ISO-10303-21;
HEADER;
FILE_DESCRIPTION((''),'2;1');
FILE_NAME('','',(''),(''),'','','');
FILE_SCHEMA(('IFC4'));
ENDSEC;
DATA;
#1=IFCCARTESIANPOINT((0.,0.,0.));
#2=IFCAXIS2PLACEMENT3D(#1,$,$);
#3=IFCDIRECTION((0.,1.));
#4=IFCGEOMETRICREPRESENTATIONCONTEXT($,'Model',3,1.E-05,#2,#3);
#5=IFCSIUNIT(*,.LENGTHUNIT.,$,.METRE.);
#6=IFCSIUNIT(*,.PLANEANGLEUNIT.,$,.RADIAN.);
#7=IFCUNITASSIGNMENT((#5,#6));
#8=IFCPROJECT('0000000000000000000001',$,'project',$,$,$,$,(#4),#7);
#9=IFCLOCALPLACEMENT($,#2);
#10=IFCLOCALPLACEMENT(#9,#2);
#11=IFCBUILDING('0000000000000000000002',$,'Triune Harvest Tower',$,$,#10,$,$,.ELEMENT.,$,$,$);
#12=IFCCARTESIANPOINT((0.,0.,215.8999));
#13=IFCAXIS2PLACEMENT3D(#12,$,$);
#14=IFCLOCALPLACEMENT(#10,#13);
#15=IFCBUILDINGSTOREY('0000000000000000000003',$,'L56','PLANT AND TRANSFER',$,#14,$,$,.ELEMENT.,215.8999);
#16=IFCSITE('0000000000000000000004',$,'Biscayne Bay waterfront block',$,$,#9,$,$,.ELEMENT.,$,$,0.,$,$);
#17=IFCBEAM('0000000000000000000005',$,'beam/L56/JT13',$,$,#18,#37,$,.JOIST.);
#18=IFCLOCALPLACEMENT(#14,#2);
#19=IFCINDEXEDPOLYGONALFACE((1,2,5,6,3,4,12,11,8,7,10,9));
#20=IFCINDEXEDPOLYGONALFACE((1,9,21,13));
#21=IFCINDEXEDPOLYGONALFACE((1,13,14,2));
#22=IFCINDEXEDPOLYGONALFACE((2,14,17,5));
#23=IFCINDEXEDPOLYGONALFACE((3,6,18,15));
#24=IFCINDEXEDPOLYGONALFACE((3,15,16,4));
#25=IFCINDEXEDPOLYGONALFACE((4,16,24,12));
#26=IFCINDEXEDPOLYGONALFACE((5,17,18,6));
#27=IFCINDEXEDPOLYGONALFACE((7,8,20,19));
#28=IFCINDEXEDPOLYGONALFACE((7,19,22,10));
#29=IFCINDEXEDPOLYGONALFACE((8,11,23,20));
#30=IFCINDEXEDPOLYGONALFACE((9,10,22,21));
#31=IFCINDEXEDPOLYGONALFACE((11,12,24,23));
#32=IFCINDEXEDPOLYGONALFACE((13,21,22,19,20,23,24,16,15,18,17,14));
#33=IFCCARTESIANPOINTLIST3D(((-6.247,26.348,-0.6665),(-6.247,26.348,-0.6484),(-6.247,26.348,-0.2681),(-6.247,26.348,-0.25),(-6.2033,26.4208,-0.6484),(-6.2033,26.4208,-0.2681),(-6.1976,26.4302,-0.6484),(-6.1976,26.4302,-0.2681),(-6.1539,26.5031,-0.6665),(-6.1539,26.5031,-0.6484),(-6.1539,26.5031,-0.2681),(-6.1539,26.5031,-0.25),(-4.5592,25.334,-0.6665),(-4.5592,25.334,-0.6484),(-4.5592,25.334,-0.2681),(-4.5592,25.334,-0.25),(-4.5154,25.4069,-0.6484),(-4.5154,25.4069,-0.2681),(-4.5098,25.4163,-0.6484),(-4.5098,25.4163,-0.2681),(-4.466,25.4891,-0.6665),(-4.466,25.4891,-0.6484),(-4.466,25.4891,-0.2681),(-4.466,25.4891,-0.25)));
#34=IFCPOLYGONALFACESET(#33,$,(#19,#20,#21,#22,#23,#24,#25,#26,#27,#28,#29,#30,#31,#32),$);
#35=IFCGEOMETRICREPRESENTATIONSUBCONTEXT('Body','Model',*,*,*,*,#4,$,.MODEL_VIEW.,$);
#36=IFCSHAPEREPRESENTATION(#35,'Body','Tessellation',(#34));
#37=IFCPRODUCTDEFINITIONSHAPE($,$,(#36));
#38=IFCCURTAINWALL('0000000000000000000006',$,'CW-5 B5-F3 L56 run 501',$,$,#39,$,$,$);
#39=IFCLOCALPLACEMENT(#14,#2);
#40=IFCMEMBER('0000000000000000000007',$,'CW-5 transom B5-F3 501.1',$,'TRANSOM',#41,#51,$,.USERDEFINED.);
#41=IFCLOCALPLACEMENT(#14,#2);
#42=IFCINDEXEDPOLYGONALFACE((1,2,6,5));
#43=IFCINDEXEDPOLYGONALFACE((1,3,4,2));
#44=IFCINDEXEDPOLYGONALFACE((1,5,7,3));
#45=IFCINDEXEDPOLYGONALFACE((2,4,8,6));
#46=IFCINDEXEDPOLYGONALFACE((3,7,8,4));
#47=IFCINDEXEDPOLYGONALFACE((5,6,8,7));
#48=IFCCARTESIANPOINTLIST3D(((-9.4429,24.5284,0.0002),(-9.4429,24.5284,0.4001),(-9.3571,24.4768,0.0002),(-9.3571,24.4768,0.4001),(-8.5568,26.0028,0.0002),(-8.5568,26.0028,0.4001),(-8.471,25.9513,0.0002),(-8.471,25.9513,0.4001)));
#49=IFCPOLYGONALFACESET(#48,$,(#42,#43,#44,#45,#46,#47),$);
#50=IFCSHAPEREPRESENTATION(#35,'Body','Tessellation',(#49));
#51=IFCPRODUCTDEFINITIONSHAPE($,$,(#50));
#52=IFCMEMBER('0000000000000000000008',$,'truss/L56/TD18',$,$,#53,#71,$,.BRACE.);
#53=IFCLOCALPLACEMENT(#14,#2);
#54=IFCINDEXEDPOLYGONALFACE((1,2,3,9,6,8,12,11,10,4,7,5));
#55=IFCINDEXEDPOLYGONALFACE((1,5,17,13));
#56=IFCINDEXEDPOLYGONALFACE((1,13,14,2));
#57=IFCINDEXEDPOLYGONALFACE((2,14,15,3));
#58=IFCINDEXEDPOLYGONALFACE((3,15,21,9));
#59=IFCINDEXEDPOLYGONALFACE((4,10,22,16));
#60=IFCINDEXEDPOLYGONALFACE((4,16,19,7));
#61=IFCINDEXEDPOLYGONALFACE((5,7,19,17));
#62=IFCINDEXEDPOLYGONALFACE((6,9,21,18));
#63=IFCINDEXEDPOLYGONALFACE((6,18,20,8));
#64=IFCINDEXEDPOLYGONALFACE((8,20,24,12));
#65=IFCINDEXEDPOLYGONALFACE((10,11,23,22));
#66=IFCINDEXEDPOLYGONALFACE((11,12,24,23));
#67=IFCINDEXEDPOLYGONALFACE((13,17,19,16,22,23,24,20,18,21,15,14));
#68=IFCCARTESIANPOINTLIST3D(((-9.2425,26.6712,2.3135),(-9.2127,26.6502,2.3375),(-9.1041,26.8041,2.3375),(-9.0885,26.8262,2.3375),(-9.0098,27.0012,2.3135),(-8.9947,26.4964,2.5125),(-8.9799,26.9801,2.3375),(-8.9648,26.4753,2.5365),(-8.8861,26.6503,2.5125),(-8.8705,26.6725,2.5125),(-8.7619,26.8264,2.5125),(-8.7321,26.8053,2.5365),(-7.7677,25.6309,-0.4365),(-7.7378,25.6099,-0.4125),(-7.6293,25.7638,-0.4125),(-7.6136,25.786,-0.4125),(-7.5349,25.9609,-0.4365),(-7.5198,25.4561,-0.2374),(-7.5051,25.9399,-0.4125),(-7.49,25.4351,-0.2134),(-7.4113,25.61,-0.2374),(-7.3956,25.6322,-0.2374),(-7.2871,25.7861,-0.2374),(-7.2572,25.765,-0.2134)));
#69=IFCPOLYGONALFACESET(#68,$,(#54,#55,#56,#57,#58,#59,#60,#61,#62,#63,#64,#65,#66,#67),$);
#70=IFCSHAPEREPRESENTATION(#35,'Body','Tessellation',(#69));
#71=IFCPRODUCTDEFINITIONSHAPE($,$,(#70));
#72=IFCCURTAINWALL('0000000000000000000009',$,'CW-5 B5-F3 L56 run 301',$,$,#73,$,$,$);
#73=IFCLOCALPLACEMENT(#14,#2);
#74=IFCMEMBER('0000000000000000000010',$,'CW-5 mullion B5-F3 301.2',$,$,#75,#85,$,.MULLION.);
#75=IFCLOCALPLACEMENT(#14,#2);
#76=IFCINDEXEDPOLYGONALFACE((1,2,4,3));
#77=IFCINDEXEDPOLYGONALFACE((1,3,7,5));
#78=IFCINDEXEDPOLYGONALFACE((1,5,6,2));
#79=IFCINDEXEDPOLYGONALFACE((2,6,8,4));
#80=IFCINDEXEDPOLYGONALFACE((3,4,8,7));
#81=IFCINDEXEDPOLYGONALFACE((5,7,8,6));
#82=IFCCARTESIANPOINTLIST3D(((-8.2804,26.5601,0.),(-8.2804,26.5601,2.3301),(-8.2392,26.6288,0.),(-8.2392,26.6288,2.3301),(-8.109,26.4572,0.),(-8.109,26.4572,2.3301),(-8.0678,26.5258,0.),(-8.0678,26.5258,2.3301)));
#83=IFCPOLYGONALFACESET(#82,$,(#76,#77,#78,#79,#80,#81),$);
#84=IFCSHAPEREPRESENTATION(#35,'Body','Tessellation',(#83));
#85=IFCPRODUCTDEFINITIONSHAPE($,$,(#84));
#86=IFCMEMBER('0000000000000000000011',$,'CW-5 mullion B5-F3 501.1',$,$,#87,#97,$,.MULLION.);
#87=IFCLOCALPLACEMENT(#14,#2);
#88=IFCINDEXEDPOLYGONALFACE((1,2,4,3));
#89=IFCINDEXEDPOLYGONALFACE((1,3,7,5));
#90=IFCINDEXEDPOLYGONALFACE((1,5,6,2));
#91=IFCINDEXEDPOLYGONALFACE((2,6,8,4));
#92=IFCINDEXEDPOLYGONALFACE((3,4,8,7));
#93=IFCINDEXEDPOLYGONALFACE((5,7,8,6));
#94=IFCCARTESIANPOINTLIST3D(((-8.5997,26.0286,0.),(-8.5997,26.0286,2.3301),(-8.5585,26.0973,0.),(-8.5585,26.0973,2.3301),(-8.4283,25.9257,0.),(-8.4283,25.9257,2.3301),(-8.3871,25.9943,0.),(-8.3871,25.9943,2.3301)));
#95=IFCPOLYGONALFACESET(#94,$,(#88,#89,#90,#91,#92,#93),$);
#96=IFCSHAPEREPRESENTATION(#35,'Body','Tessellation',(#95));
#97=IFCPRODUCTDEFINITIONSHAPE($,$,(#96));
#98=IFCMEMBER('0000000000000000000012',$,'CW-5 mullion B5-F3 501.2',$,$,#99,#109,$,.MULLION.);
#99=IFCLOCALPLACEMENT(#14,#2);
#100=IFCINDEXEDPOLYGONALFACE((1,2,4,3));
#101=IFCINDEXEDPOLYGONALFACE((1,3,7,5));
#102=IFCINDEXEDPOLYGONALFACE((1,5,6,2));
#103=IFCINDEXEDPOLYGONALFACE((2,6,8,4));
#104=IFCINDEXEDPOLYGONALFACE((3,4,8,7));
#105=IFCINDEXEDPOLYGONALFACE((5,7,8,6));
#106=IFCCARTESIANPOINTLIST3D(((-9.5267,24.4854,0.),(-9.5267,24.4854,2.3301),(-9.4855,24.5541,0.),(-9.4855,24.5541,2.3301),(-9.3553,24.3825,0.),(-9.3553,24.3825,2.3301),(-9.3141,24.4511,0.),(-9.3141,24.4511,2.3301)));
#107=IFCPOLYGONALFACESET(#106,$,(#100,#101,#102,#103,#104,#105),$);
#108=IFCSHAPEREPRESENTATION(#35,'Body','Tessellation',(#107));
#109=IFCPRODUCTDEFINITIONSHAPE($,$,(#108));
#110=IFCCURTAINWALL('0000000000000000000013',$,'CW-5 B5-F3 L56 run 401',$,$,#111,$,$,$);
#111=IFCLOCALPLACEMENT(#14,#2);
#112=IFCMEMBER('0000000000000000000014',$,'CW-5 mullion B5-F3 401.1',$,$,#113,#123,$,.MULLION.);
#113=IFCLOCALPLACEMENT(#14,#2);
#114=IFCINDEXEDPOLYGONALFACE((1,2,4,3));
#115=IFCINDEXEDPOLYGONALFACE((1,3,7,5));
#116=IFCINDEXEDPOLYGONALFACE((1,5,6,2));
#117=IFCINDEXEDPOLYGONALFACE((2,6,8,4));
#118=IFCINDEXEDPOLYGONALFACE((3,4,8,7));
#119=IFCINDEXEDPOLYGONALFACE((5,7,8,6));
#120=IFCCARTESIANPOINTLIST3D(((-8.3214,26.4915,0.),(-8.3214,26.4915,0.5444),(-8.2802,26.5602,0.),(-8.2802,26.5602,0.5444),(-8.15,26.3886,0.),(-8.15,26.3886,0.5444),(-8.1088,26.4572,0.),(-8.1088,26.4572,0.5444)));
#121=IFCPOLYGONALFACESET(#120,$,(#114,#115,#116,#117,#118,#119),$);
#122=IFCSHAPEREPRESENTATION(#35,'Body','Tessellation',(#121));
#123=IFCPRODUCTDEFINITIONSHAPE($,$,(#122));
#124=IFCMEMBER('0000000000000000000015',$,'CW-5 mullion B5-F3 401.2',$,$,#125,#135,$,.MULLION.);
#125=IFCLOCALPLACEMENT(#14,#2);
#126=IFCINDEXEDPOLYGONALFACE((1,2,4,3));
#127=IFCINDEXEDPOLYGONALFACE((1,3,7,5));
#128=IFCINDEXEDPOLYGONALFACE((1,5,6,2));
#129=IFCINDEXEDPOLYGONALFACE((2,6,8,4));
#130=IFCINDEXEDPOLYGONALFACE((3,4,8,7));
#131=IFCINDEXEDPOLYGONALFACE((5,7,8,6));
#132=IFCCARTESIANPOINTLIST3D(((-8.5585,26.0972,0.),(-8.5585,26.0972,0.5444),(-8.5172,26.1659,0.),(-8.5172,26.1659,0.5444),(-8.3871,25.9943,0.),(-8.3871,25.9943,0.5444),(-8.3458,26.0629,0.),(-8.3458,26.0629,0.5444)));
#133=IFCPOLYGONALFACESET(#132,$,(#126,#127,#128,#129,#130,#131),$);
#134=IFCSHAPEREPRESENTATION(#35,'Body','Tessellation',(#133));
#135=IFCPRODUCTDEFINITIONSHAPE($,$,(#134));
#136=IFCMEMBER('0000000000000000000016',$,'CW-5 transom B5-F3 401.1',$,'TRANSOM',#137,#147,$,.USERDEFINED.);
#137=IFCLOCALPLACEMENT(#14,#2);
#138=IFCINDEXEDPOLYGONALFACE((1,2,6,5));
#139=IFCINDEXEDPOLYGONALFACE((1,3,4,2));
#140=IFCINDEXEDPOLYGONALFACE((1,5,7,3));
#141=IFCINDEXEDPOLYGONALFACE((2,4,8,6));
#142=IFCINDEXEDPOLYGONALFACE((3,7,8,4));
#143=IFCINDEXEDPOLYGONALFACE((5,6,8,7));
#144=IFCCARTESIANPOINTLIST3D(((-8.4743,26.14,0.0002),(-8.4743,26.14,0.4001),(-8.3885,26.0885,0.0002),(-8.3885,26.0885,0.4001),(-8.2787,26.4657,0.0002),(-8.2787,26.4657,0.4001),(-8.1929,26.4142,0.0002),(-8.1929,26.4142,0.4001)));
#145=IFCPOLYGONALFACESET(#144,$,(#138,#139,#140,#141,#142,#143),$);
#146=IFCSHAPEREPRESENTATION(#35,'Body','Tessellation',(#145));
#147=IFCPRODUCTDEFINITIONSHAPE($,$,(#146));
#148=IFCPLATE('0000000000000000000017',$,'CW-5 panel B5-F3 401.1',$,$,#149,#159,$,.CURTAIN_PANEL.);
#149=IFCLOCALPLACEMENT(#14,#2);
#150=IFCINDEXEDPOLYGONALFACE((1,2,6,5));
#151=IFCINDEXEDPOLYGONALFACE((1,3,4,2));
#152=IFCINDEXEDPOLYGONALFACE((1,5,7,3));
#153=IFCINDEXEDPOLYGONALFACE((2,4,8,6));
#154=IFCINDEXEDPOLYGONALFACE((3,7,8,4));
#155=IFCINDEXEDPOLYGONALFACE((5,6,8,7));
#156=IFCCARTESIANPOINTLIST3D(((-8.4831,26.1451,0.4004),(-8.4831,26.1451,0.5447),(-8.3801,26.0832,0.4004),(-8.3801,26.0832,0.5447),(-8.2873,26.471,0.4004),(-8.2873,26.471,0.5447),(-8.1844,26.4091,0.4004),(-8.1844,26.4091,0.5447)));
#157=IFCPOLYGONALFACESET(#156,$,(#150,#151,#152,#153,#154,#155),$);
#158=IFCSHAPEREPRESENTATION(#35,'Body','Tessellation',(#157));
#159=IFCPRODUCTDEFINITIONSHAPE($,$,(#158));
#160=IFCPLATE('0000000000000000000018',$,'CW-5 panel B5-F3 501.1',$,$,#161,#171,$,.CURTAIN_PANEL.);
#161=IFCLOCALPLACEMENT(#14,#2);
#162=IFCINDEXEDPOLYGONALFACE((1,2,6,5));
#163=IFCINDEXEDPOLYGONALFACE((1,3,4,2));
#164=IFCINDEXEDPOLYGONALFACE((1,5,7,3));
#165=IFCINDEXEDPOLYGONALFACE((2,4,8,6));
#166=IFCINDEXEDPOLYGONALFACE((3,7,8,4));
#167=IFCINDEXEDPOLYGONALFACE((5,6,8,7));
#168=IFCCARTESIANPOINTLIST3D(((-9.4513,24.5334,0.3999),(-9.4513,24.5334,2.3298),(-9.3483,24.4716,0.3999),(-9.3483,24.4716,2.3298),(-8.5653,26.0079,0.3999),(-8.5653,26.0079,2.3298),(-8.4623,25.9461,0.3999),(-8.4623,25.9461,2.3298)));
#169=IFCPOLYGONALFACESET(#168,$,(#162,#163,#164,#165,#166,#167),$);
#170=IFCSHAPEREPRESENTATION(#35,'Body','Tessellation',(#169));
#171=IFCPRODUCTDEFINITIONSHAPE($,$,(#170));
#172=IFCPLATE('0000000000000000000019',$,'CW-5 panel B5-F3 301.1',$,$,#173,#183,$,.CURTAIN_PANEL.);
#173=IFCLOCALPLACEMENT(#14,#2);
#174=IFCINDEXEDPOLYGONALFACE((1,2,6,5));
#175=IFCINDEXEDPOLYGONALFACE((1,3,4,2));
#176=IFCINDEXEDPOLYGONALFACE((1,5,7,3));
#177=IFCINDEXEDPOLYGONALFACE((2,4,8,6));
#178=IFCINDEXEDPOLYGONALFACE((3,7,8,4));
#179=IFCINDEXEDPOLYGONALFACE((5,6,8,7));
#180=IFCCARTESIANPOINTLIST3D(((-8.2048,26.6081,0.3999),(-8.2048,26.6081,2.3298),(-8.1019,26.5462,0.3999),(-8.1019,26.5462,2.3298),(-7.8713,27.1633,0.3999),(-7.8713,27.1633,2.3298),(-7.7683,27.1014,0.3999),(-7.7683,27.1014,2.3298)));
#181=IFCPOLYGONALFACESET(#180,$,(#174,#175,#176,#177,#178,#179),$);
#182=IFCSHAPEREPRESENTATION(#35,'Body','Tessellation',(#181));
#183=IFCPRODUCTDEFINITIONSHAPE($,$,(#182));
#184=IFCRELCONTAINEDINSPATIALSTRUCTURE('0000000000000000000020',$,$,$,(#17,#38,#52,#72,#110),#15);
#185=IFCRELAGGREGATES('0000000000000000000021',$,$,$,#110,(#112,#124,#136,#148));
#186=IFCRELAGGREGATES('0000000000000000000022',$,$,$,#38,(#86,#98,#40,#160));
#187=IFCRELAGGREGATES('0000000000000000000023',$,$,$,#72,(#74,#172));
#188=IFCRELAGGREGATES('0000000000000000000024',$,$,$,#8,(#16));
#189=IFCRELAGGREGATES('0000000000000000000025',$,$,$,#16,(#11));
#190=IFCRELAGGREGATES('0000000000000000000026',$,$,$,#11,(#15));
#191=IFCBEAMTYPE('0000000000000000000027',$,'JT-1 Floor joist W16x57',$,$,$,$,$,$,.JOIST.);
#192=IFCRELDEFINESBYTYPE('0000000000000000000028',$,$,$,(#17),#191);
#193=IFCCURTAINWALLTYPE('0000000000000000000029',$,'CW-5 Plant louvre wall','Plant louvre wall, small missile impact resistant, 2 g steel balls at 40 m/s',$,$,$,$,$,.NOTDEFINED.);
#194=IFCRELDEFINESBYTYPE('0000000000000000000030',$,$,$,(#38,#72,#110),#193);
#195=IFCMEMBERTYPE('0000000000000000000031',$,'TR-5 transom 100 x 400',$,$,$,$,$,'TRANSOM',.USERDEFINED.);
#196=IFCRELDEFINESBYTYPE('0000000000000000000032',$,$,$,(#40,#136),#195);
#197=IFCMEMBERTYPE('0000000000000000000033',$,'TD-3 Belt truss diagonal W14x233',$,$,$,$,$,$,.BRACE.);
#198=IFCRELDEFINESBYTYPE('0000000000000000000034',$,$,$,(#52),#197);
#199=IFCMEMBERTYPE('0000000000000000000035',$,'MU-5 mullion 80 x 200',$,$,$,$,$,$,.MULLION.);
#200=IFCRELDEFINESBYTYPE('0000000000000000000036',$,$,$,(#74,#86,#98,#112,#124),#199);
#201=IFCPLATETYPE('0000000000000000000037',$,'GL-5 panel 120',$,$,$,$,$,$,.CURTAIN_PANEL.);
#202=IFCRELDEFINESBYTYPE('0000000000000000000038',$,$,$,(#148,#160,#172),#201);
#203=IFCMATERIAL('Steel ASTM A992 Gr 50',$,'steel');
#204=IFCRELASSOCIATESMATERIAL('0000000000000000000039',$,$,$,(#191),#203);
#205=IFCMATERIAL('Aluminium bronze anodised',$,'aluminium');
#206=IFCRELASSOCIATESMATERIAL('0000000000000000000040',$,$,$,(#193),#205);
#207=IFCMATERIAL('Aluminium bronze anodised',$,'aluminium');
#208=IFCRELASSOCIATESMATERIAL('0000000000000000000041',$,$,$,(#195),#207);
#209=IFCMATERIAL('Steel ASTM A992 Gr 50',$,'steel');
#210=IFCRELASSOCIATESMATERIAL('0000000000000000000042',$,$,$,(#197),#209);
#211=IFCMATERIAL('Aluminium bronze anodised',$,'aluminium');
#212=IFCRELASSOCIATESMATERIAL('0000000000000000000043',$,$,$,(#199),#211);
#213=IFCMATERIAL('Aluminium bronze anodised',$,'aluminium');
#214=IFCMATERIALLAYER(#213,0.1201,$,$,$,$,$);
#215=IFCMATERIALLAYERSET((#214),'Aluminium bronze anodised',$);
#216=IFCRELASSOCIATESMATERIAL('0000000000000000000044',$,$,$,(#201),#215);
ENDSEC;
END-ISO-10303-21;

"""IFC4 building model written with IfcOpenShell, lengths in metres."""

from ifc_helpers import new_model, si_unit, direction, frame, origin, origin_2d, place, context, subcontext, project, spatial, rectangle, i_section, extrude, source, transform, mapped, material, layer, layer_set, material_profile, profile_set, type_object, element, aggregate, save


model = new_model("IFC4")

# Units and contexts
model_context = context("Model", 3, precision=1e-05, world=origin(), true_north=direction((0.0, 1.0)))
body_context = subcontext(model_context, "Body", "Model", "MODEL_VIEW")
ifc_project = project(units=[si_unit("LENGTHUNIT", "METRE"), si_unit("PLANEANGLEUNIT", "RADIAN")], contexts=[model_context])

# Site, building, storey
site_placement = place(None, origin())
site = spatial("IfcSite", under=ifc_project, at=site_placement, Name="Biscayne Bay waterfront block", CompositionType="ELEMENT", RefElevation=0.0)
building_placement = place(site_placement, origin())
building = spatial("IfcBuilding", under=site, at=building_placement, Name="Triune Harvest Tower", CompositionType="ELEMENT")
storey_placement = place(building_placement, frame((0.0, 0.0, 215.8999)))
storey = spatial("IfcBuildingStorey", under=building, at=storey_placement, Name="L56", Description="PLANT AND TRANSFER", CompositionType="ELEMENT", Elevation=215.8999)

# Beam
ifc_material_1 = material(Name="Steel ASTM A992 Gr 50", Category="steel")
ifc_material_profile_1 = material_profile(ifc_material_1, i_section(OverallWidth=0.1809, OverallDepth=0.4165, WebThickness=0.011, FlangeThickness=0.0181, at=origin_2d()), Name="W16x57")
ifc_profile_set_1 = profile_set([ifc_material_profile_1], Name="Steel ASTM A992 Gr 50")
beam_type = type_object("IfcBeamType", Name="JT-1 Floor joist W16x57", PredefinedType="JOIST", material=ifc_profile_set_1)
beam_placement = place(storey_placement, frame((-6.2004, 26.4255, -0.4583), z_axis=(0.857208, -0.51497, 0.0), x_axis=(0.51497, 0.857208, 0.0)))
element("IfcBeam", 1, at=beam_placement, inside=storey, type_object=beam_type, Name="beam/L56/JT13", PredefinedType="JOIST", context=body_context, shape_type="SweptSolid", body=[
    extrude(i_section(OverallWidth=0.1809, OverallDepth=0.4165, WebThickness=0.011, FlangeThickness=0.0181, at=origin_2d()), origin(), (0.0, 0.0, 1.0), 1.969),
])

# Curtain wall, member
ifc_material_2 = material(Name="Aluminium bronze anodised", Category="aluminium")
curtain_wall_type = type_object("IfcCurtainWallType", Name="CW-5 Plant louvre wall", Description="Plant louvre wall, small missile impact resistant, 2 g steel balls at 40 m/s", PredefinedType="NOTDEFINED", material=ifc_material_2)
curtain_wall_1_placement = place(storey_placement, origin())
curtain_wall_1 = element("IfcCurtainWall", 2, at=curtain_wall_1_placement, inside=storey, type_object=curtain_wall_type, Name="CW-5 B5-F3 L56 run 501")
ifc_material_3 = material(Name="Aluminium bronze anodised", Category="aluminium")
ifc_material_profile_2 = material_profile(ifc_material_3, rectangle(XDim=0.1001, YDim=0.3999, at=origin_2d()), Name="TR-5 transom 100 x 400")
ifc_profile_set_2 = profile_set([ifc_material_profile_2], Name="Aluminium bronze anodised")
member_type_1 = type_object("IfcMemberType", Name="TR-5 transom 100 x 400", ElementType="TRANSOM", PredefinedType="USERDEFINED", material=ifc_profile_set_2)
member_1_placement = place(storey_placement, frame((-8.5139, 25.9771, 0.2002), z_axis=(-0.51508, -0.857142, 0.0), x_axis=(0.857142, -0.51508, 0.0)))
member_1 = element("IfcMember", 3, at=member_1_placement, type_object=member_type_1, Name="CW-5 transom B5-F3 501.1", ObjectType="TRANSOM", PredefinedType="USERDEFINED", context=body_context, shape_type="SweptSolid", body=[
    extrude(rectangle(XDim=0.1001, YDim=0.3999, at=origin_2d()), origin(), (0.0, 0.0, 1.0), 1.7202),
])

# Member
ifc_material_4 = material(Name="Steel ASTM A992 Gr 50", Category="steel")
ifc_material_profile_3 = material_profile(ifc_material_4, i_section(OverallWidth=0.4038, OverallDepth=0.4065, WebThickness=0.0271, FlangeThickness=0.0437, at=origin_2d()), Name="W14x233")
ifc_profile_set_3 = profile_set([ifc_material_profile_3], Name="Steel ASTM A992 Gr 50")
member_type_2 = type_object("IfcMemberType", Name="TD-3 Belt truss diagonal W14x233", PredefinedType="BRACE", material=ifc_profile_set_3)
shared_shape_1 = source(origin(), body_context, "Body", "SweptSolid", [
    extrude(i_section(OverallWidth=0.4038, OverallDepth=0.4065, WebThickness=0.0271, FlangeThickness=0.0437, at=origin_2d()), origin(), (0.0, 0.0, 1.0), 3.2893),
])
member_2_placement = place(storey_placement, frame((-7.5125, 25.698, -0.325), z_axis=(-0.448371, 0.316257, 0.836029), x_axis=(-0.576391, -0.817174, 0.0)))
element("IfcMember", 4, at=member_2_placement, inside=storey, type_object=member_type_2, Name="truss/L56/TD18", PredefinedType="BRACE", context=body_context, shape_type="MappedRepresentation", body=[
    mapped(shared_shape_1, transform((0.0, 0.0, 0.0), scale=1.0)),
])

# Curtain wall, member
curtain_wall_2_placement = place(storey_placement, origin())
curtain_wall_2 = element("IfcCurtainWall", 5, at=curtain_wall_2_placement, inside=storey, type_object=curtain_wall_type, Name="CW-5 B5-F3 L56 run 301")
ifc_material_5 = material(Name="Aluminium bronze anodised", Category="aluminium")
ifc_material_profile_4 = material_profile(ifc_material_5, rectangle(XDim=0.2, YDim=0.0801, at=origin_2d()), Name="MU-5 mullion 80 x 200")
ifc_profile_set_4 = profile_set([ifc_material_profile_4], Name="Aluminium bronze anodised")
member_type_3 = type_object("IfcMemberType", Name="MU-5 mullion 80 x 200", PredefinedType="MULLION", material=ifc_profile_set_4)
shared_shape_2 = source(origin(), body_context, "Body", "SweptSolid", [
    extrude(rectangle(XDim=0.2, YDim=0.0801, at=origin_2d()), origin(), (0.0, 0.0, 1.0), 2.3301),
])
member_3_placement = place(storey_placement, frame((-8.1741, 26.543, 0.0), z_axis=(0.0, 0.0, 1.0), x_axis=(0.857209, -0.514969, 0.0)))
member_3 = element("IfcMember", 6, at=member_3_placement, type_object=member_type_3, Name="CW-5 mullion B5-F3 301.2", PredefinedType="MULLION", context=body_context, shape_type="MappedRepresentation", body=[
    mapped(shared_shape_2, transform((0.0, 0.0, 0.0), scale=1.0)),
])

# Members
member_4_placement = place(storey_placement, frame((-8.4934, 26.0115, 0.0), z_axis=(0.0, 0.0, 1.0), x_axis=(0.857169, -0.515035, 0.0)))
member_4 = element("IfcMember", 7, at=member_4_placement, type_object=member_type_3, Name="CW-5 mullion B5-F3 501.1", PredefinedType="MULLION", context=body_context, shape_type="MappedRepresentation", body=[
    mapped(shared_shape_2, transform((0.0, 0.0, 0.0), scale=1.0)),
])
member_5_placement = place(storey_placement, frame((-9.4204, 24.4683, 0.0), z_axis=(0.0, 0.0, 1.0), x_axis=(0.857169, -0.515035, 0.0)))
member_5 = element("IfcMember", 8, at=member_5_placement, type_object=member_type_3, Name="CW-5 mullion B5-F3 501.2", PredefinedType="MULLION", context=body_context, shape_type="MappedRepresentation", body=[
    mapped(shared_shape_2, transform((0.0, 0.0, 0.0), scale=1.0)),
])

# Curtain wall, members, plate
curtain_wall_3_placement = place(storey_placement, origin())
curtain_wall_3 = element("IfcCurtainWall", 9, at=curtain_wall_3_placement, inside=storey, type_object=curtain_wall_type, Name="CW-5 B5-F3 L56 run 401")
shared_shape_3 = source(origin(), body_context, "Body", "SweptSolid", [
    extrude(rectangle(XDim=0.2, YDim=0.0801, at=origin_2d()), origin(), (0.0, 0.0, 1.0), 0.5444),
])
member_6_placement = place(storey_placement, frame((-8.2151, 26.4744, 0.0), z_axis=(0.0, 0.0, 1.0), x_axis=(0.857199, -0.514986, 0.0)))
member_6 = element("IfcMember", 10, at=member_6_placement, type_object=member_type_3, Name="CW-5 mullion B5-F3 401.1", PredefinedType="MULLION", context=body_context, shape_type="MappedRepresentation", body=[
    mapped(shared_shape_3, transform((0.0, 0.0, 0.0), scale=1.0)),
])
member_7_placement = place(storey_placement, frame((-8.4521, 26.0801, 0.0), z_axis=(0.0, 0.0, 1.0), x_axis=(0.857199, -0.514986, 0.0)))
member_7 = element("IfcMember", 11, at=member_7_placement, type_object=member_type_3, Name="CW-5 mullion B5-F3 401.2", PredefinedType="MULLION", context=body_context, shape_type="MappedRepresentation", body=[
    mapped(shared_shape_3, transform((0.0, 0.0, 0.0), scale=1.0)),
])
shared_shape_4 = source(origin(), body_context, "Body", "SweptSolid", [
    extrude(rectangle(XDim=0.1001, YDim=0.3999, at=origin_2d()), origin(), (0.0, 0.0, 1.0), 0.3799),
])
member_8_placement = place(storey_placement, frame((-8.2358, 26.4399, 0.2002), z_axis=(-0.514779, -0.857323, 0.0), x_axis=(0.857323, -0.514779, 0.0)))
member_8 = element("IfcMember", 12, at=member_8_placement, type_object=member_type_1, Name="CW-5 transom B5-F3 401.1", ObjectType="TRANSOM", PredefinedType="USERDEFINED", context=body_context, shape_type="MappedRepresentation", body=[
    mapped(shared_shape_4, transform((0.0, 0.0, 0.0), scale=1.0)),
])
ifc_material_6 = material(Name="Aluminium bronze anodised", Category="aluminium")
ifc_layer_1 = layer(ifc_material_6, 0.1201)
ifc_layer_set_1 = layer_set([ifc_layer_1], Name="Aluminium bronze anodised")
plate_type = type_object("IfcPlateType", Name="GL-5 panel 120", PredefinedType="CURTAIN_PANEL", material=ifc_layer_set_1)
plate_1_placement = place(storey_placement, frame((-8.3337, 26.2771, 0.4004), z_axis=(0.0, 0.0, 1.0), x_axis=(-0.514986, -0.857199, 0.0)))
plate_1 = element("IfcPlate", 13, at=plate_1_placement, type_object=plate_type, Name="CW-5 panel B5-F3 401.1", PredefinedType="CURTAIN_PANEL", context=body_context, shape_type="SweptSolid", body=[
    extrude(rectangle(XDim=0.3801, YDim=0.1201, at=origin_2d()), origin(), (0.0, 0.0, 1.0), 0.1443),
])
aggregate(curtain_wall_3, [member_6, member_7, member_8, plate_1])

# Plates
plate_2_placement = place(storey_placement, frame((-8.9568, 25.2397, 0.3999), z_axis=(0.0, 0.0, 1.0), x_axis=(-0.515035, -0.857169, 0.0)))
plate_2 = element("IfcPlate", 14, at=plate_2_placement, type_object=plate_type, Name="CW-5 panel B5-F3 501.1", PredefinedType="CURTAIN_PANEL", context=body_context, shape_type="SweptSolid", body=[
    extrude(rectangle(XDim=1.7202, YDim=0.1201, at=origin_2d()), origin(), (0.0, 0.0, 1.0), 1.9299),
])
aggregate(curtain_wall_1, [member_4, member_5, member_1, plate_2])
shared_shape_5 = source(origin(), body_context, "Body", "SweptSolid", [
    extrude(rectangle(XDim=0.6477, YDim=0.1201, at=origin_2d()), origin(), (0.0, 0.0, 1.0), 1.9299),
])
plate_3_placement = place(storey_placement, frame((-7.9866, 26.8547, 0.3999), z_axis=(0.0, 0.0, 1.0), x_axis=(-0.514969, -0.857209, 0.0)))
plate_3 = element("IfcPlate", 15, at=plate_3_placement, type_object=plate_type, Name="CW-5 panel B5-F3 301.1", PredefinedType="CURTAIN_PANEL", context=body_context, shape_type="MappedRepresentation", body=[
    mapped(shared_shape_5, transform((0.0, 0.0, 0.0), scale=1.0)),
])
aggregate(curtain_wall_2, [member_3, plate_3])

save(model, "model.ifc")
